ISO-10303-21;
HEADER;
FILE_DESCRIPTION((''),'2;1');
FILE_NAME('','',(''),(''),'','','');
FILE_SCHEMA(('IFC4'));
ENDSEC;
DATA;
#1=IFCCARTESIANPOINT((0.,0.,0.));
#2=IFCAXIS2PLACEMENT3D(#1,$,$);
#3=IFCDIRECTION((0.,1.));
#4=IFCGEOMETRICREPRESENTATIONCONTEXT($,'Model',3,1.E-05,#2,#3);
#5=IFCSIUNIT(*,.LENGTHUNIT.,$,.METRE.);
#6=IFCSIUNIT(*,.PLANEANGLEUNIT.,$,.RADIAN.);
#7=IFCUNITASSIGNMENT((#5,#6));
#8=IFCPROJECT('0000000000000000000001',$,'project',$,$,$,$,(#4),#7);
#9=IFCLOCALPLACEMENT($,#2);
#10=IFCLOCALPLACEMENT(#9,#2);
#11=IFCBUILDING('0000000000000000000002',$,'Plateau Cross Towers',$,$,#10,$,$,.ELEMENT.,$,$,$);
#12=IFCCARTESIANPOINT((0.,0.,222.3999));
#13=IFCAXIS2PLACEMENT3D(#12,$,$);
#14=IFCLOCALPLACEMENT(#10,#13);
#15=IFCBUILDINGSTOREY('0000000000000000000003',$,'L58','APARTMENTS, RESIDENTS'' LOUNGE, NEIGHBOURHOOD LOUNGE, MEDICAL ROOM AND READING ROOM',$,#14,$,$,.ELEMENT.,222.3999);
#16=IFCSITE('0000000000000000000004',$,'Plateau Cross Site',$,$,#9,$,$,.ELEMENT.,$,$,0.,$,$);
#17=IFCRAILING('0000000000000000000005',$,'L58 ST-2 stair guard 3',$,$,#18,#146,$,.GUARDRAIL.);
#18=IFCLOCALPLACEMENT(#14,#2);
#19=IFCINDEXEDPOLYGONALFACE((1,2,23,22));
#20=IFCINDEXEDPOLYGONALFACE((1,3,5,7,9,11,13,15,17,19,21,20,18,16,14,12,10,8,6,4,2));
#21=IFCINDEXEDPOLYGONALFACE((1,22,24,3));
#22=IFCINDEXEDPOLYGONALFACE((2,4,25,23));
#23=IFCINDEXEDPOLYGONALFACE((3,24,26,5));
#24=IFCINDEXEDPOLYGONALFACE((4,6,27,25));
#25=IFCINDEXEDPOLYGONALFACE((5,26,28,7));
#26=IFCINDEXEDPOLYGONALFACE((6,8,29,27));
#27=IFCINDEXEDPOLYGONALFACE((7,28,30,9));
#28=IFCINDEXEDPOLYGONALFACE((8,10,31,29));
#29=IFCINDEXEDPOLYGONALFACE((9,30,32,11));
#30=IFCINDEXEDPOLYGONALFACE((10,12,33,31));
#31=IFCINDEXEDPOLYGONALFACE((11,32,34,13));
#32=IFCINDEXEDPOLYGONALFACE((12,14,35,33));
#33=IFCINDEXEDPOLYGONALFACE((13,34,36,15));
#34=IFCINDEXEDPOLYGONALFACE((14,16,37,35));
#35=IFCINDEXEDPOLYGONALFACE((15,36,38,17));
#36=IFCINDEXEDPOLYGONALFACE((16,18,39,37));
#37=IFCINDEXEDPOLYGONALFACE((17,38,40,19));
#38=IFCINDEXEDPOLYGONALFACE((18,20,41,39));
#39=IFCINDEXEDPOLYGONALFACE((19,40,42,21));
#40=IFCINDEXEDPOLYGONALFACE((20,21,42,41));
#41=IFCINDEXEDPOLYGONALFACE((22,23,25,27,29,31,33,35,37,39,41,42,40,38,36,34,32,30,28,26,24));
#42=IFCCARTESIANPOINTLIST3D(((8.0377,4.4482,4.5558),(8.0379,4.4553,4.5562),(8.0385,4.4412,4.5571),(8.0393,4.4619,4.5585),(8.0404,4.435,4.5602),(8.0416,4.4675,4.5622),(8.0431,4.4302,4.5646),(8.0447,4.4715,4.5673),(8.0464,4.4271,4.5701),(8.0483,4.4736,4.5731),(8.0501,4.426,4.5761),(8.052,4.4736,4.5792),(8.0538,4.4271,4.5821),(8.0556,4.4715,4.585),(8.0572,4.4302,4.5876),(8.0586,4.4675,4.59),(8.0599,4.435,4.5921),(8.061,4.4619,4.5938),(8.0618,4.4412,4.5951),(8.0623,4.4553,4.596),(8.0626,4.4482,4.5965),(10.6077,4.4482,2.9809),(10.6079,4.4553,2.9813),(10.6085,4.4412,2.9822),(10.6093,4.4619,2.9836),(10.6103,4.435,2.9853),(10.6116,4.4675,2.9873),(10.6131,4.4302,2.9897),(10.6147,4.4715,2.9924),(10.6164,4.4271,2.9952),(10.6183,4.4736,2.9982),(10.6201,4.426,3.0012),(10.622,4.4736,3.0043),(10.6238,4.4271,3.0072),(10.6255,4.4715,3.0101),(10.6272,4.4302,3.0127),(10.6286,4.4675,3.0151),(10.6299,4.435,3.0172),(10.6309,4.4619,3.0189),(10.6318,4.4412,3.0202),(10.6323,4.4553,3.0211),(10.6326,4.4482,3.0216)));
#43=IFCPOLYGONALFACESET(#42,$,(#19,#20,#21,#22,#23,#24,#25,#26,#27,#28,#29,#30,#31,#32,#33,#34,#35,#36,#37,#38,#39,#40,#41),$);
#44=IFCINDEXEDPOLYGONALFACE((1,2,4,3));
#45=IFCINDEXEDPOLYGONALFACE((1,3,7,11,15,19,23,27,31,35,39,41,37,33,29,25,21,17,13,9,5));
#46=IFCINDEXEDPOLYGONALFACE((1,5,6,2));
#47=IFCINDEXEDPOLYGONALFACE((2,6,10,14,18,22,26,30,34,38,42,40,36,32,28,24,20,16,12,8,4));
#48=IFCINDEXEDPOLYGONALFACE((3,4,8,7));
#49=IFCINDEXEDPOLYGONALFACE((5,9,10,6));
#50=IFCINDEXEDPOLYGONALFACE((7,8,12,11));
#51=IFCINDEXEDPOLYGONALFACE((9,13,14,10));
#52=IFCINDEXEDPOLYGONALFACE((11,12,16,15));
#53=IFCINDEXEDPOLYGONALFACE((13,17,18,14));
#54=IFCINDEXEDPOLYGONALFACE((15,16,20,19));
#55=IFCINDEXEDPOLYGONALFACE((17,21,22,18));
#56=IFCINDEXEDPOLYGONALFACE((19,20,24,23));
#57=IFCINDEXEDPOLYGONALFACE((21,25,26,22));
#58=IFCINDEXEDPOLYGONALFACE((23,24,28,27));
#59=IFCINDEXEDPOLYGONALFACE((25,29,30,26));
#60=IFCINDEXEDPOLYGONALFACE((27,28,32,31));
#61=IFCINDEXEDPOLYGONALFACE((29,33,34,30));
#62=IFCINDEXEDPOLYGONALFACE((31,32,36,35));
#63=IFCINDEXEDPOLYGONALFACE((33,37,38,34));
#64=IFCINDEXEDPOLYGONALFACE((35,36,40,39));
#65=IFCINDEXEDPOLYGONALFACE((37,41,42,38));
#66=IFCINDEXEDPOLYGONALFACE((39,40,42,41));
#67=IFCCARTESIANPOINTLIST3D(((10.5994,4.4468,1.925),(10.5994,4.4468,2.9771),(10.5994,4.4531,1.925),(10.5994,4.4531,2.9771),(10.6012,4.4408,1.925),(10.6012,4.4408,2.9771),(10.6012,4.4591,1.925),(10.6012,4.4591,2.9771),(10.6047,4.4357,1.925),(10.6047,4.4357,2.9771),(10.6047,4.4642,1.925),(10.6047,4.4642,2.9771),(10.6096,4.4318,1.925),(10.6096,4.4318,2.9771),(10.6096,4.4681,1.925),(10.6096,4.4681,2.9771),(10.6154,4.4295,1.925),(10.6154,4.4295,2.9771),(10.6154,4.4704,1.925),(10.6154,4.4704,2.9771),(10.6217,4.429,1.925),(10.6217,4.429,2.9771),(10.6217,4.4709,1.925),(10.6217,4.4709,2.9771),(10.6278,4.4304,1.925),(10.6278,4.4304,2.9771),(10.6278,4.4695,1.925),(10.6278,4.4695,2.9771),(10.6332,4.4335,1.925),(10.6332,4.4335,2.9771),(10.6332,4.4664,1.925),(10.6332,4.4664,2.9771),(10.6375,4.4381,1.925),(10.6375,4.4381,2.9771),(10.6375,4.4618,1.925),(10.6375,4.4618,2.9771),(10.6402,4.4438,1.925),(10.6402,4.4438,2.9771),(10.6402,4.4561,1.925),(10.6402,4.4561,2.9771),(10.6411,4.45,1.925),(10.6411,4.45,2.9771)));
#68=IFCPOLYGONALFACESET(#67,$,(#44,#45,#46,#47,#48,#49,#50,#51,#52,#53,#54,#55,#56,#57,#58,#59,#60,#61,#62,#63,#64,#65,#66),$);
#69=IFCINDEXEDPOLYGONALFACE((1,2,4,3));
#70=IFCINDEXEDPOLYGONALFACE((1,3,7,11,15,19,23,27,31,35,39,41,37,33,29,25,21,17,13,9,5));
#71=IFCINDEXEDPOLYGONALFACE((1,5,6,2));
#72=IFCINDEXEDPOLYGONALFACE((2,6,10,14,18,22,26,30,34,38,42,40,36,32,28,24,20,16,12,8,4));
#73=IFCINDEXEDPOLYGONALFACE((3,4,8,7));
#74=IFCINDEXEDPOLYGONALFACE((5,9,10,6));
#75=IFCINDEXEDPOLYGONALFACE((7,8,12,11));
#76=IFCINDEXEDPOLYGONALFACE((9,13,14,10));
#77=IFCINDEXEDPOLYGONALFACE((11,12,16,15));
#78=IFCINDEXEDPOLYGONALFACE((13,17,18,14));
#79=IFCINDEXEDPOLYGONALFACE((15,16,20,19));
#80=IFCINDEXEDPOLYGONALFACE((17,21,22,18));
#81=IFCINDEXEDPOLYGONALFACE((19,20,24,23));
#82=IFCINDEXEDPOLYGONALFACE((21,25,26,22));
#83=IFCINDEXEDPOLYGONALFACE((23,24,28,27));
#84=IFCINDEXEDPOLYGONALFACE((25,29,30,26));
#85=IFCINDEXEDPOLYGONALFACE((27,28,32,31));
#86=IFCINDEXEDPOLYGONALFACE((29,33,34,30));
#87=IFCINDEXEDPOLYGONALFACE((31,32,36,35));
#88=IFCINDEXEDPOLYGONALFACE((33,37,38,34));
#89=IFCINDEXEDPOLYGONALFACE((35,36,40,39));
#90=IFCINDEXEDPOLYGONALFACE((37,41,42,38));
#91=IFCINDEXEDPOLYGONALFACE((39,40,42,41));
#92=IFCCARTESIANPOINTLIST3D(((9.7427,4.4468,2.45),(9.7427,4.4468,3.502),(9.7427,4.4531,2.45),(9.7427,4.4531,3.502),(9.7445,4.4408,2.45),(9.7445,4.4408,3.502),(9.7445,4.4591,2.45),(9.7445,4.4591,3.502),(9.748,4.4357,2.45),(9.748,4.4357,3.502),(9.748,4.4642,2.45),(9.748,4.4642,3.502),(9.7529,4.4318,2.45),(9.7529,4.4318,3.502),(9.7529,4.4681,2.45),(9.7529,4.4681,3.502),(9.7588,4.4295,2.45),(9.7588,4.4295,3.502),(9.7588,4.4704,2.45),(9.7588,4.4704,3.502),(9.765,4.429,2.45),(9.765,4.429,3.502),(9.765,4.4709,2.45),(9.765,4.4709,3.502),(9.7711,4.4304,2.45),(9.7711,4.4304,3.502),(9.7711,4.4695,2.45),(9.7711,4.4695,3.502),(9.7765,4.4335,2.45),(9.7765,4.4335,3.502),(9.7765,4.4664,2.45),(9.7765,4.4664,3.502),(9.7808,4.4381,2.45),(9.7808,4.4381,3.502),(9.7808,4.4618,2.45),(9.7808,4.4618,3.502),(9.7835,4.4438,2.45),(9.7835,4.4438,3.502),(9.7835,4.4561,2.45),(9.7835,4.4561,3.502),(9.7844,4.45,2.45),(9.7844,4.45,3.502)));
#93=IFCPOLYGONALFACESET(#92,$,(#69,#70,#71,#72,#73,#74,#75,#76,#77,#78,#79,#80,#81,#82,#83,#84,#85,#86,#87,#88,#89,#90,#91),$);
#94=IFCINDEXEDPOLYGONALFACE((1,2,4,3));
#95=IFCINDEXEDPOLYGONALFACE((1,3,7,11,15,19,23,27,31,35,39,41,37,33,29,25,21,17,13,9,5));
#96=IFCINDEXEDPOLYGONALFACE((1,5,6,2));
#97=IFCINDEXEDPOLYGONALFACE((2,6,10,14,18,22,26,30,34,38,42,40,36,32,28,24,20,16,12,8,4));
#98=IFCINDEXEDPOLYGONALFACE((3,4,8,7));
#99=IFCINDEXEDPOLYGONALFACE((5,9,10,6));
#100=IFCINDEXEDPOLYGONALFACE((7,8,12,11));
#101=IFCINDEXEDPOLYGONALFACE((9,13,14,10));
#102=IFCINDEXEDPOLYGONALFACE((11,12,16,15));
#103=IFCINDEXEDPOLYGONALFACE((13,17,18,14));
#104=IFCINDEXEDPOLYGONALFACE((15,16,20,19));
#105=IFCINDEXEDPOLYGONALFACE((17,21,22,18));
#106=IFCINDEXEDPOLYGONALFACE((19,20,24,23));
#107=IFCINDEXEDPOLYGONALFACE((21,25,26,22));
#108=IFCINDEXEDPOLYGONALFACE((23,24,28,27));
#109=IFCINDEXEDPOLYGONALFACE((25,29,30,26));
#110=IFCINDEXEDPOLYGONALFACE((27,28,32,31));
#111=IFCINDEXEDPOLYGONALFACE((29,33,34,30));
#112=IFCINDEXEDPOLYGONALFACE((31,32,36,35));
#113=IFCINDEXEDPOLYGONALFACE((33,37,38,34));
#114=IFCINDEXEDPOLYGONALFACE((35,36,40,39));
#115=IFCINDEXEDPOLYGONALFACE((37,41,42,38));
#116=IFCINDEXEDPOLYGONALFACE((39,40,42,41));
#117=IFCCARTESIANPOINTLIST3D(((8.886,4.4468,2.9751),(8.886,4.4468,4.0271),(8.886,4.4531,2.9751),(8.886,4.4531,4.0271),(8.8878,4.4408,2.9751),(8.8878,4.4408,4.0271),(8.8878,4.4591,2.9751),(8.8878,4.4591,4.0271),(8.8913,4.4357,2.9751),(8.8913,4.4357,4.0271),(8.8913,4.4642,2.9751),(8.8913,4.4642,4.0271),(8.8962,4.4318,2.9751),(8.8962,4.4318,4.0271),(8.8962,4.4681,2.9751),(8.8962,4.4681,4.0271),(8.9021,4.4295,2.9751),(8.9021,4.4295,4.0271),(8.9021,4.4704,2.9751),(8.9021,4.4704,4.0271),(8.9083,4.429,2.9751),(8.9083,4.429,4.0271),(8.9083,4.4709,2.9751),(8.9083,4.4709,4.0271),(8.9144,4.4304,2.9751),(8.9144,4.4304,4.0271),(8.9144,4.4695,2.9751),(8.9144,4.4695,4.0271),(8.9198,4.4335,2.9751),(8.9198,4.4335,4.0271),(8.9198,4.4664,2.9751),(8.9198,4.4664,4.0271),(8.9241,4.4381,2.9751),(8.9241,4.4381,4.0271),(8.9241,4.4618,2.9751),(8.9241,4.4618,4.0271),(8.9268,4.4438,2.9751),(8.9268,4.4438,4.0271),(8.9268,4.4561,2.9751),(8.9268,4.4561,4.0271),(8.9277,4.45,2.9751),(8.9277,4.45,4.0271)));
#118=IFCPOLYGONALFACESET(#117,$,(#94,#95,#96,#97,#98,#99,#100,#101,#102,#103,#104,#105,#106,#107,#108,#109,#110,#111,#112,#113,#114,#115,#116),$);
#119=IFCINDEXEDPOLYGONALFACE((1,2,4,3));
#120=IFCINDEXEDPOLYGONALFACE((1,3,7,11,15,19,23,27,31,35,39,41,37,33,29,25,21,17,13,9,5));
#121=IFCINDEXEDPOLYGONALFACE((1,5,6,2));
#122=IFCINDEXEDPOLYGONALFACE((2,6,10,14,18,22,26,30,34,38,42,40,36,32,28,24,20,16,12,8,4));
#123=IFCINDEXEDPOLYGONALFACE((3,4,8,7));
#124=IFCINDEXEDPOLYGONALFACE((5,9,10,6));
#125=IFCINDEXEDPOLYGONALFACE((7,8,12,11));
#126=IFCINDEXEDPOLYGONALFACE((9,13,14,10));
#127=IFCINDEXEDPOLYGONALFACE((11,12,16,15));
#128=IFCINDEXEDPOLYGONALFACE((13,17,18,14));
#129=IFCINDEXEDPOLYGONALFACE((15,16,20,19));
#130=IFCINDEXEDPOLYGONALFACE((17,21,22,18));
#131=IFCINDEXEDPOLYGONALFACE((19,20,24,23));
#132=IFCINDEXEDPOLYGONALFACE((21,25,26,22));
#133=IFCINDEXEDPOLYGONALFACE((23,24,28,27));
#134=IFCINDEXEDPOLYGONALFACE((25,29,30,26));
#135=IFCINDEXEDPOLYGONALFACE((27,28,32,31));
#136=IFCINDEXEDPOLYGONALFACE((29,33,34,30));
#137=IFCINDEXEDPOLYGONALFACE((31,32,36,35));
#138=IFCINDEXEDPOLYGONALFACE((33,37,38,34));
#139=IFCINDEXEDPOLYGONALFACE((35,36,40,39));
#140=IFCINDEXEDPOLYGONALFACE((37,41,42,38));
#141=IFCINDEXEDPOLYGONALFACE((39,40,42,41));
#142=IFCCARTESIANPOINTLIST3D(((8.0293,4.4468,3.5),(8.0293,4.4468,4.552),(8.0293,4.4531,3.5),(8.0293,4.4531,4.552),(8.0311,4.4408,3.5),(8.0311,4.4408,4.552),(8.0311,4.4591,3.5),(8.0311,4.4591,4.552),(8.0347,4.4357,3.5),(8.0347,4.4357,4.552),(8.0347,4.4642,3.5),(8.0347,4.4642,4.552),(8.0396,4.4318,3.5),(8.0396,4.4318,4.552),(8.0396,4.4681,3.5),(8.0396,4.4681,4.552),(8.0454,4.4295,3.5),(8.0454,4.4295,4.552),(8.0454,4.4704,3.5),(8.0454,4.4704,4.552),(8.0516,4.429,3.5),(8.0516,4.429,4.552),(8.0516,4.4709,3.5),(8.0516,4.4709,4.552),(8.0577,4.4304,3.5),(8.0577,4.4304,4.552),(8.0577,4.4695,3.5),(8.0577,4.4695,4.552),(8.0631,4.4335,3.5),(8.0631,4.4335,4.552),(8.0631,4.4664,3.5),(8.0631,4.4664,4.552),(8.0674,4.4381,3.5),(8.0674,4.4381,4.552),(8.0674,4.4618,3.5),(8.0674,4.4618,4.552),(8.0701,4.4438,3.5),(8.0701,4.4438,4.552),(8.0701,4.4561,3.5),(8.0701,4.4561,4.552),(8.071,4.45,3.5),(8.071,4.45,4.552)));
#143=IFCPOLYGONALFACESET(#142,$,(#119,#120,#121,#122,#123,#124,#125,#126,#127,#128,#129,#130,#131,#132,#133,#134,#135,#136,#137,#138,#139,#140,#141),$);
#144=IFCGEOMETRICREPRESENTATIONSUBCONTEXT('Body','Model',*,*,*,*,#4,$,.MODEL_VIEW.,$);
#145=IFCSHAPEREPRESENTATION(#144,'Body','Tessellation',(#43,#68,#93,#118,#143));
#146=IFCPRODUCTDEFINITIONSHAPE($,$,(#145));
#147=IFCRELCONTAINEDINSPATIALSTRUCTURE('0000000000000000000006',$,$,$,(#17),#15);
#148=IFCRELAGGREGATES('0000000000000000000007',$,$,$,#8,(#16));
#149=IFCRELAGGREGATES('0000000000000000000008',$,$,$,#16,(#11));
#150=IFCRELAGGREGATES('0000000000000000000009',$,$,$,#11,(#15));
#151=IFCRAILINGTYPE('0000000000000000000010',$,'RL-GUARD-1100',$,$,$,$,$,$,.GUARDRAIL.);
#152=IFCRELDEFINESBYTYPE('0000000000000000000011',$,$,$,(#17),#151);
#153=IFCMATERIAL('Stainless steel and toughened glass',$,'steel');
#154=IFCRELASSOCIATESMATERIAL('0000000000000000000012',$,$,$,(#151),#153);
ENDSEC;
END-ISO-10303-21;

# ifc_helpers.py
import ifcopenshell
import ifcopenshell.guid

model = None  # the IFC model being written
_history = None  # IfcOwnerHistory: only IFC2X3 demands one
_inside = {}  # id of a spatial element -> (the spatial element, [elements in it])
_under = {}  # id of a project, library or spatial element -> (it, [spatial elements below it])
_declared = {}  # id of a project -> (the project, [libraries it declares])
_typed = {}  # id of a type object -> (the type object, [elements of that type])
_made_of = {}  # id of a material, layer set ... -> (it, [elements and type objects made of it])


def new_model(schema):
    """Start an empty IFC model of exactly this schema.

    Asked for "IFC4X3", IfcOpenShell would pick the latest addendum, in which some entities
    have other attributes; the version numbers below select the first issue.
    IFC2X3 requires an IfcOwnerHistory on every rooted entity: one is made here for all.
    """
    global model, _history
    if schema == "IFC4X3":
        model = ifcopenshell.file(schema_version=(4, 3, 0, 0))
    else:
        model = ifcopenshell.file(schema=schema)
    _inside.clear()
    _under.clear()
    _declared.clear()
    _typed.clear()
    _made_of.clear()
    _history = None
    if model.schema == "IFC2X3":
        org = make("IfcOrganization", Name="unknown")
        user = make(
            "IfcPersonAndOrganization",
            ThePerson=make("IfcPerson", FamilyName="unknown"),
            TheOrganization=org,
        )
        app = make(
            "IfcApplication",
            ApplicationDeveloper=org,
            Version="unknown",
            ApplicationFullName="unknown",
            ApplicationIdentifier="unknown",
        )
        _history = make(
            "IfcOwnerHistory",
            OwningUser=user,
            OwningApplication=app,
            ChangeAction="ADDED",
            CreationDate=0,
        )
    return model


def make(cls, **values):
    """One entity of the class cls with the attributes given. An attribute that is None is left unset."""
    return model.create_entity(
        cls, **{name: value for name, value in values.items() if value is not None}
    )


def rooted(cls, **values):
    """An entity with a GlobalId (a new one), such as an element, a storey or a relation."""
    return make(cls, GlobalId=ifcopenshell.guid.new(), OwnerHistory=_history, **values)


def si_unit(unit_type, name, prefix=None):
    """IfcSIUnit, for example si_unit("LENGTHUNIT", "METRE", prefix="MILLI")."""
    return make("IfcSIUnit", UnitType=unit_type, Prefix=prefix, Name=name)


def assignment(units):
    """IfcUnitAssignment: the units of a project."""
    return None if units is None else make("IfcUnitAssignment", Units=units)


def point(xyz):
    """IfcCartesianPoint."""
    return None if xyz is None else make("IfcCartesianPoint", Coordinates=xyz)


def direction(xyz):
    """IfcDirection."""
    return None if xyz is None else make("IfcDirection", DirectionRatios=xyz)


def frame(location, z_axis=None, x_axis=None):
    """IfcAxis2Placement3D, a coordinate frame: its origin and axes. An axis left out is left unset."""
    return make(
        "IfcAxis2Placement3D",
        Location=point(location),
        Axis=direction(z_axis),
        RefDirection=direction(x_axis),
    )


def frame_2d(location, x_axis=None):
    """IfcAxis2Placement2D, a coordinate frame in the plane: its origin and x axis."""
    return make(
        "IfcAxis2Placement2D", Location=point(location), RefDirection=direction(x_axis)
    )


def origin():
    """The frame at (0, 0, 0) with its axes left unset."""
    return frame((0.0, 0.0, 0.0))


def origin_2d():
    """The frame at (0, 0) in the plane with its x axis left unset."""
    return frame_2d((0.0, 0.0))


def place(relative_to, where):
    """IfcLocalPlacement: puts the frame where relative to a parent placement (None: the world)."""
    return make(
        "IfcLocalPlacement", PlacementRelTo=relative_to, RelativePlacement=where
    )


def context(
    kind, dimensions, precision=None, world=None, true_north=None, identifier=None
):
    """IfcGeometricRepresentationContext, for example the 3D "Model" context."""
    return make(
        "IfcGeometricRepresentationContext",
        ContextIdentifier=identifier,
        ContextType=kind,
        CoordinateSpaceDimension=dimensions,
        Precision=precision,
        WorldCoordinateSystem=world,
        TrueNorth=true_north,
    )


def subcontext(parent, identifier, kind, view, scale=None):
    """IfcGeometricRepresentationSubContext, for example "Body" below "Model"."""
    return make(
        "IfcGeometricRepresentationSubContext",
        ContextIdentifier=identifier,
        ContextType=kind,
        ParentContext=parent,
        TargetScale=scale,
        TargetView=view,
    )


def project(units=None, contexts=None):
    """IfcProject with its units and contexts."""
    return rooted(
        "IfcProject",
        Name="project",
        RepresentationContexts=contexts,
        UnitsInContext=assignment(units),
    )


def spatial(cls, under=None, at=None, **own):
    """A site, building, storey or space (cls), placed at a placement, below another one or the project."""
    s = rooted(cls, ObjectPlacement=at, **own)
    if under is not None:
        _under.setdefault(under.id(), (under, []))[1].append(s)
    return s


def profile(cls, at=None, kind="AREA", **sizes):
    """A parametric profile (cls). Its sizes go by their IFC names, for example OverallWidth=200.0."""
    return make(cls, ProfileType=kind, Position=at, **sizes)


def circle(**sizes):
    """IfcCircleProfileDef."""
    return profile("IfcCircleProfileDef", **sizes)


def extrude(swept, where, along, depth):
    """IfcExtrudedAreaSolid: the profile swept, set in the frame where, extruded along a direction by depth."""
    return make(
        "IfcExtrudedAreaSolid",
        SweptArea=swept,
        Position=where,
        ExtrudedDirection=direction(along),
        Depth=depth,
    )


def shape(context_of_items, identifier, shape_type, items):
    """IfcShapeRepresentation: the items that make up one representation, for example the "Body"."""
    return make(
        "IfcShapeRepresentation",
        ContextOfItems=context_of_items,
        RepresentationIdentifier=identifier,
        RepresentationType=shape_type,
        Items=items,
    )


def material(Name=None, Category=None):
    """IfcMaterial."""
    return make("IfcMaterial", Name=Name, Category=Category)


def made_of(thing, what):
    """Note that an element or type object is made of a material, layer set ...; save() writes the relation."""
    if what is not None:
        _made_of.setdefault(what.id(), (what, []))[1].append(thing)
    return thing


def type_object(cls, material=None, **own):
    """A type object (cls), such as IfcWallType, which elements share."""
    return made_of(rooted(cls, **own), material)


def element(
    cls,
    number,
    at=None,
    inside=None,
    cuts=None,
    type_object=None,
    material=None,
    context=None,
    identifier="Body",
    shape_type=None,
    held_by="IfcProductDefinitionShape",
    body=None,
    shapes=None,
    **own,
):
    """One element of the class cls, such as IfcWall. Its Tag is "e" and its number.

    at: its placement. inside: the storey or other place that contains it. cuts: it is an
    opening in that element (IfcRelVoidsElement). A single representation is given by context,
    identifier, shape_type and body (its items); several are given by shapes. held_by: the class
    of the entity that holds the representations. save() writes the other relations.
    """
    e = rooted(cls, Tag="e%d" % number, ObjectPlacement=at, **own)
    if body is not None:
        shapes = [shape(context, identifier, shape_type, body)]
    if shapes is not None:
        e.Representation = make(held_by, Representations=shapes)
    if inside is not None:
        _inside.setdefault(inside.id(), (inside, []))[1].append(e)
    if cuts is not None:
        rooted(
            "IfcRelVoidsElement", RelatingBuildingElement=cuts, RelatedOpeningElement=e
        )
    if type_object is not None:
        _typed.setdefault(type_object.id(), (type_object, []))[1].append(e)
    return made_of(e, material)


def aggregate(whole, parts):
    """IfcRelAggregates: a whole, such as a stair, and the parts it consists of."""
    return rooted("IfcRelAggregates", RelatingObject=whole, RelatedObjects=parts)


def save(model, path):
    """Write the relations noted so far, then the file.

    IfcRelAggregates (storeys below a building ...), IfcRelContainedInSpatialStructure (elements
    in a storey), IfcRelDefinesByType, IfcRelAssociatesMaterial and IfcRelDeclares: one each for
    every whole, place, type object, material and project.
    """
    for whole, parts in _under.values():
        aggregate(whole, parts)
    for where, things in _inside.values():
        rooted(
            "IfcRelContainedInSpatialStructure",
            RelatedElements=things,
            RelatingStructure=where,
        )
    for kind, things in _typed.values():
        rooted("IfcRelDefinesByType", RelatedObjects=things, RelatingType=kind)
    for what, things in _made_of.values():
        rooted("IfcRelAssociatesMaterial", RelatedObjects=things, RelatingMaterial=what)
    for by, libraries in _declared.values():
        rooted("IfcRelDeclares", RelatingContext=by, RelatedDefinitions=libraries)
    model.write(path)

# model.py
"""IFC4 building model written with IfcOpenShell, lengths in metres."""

from ifc_helpers import new_model, si_unit, direction, frame, origin, origin_2d, place, context, subcontext, project, spatial, circle, extrude, material, type_object, element, save


model = new_model("IFC4")

# Units and contexts
model_context = context("Model", 3, precision=1e-05, world=origin(), true_north=direction((0.0, 1.0)))
body_context = subcontext(model_context, "Body", "Model", "MODEL_VIEW")
ifc_project = project(units=[si_unit("LENGTHUNIT", "METRE"), si_unit("PLANEANGLEUNIT", "RADIAN")], contexts=[model_context])

# Site, building, storey
site_placement = place(None, origin())
site = spatial("IfcSite", under=ifc_project, at=site_placement, Name="Plateau Cross Site", CompositionType="ELEMENT", RefElevation=0.0)
building_placement = place(site_placement, origin())
building = spatial("IfcBuilding", under=site, at=building_placement, Name="Plateau Cross Towers", CompositionType="ELEMENT")
storey_placement = place(building_placement, frame((0.0, 0.0, 222.3999)))
storey = spatial("IfcBuildingStorey", under=building, at=storey_placement, Name="L58", Description="APARTMENTS, RESIDENTS' LOUNGE, NEIGHBOURHOOD LOUNGE, MEDICAL ROOM AND READING ROOM", CompositionType="ELEMENT", Elevation=222.3999)

# Railing
ifc_material_1 = material(Name="Stainless steel and toughened glass", Category="steel")
railing_type_1 = type_object("IfcRailingType", Name="RL-GUARD-1100", PredefinedType="GUARDRAIL", material=ifc_material_1)
railing_1_placement = place(storey_placement, frame((10.6201, 4.45, 1.925)))
element("IfcRailing", 1, at=railing_1_placement, inside=storey, type_object=railing_type_1, Name="L58 ST-2 stair guard 3", PredefinedType="GUARDRAIL", context=body_context, shape_type="SweptSolid", body=[
    extrude(circle(Radius=0.0239, at=origin_2d()), frame((0.0, 0.0, 1.0762), z_axis=(-0.852639, 0.0, 0.522501), x_axis=(0.0, -1.0, 0.0)), (0.0, 0.0, 1.0), 3.0142),
    extrude(circle(Radius=0.021, at=origin_2d()), origin(), (0.0, 0.0, 1.0), 1.052),
    extrude(circle(Radius=0.021, at=origin_2d()), frame((-0.8567, 0.0, 0.5249)), (0.0, 0.0, 1.0), 1.052),
    extrude(circle(Radius=0.021, at=origin_2d()), frame((-1.7134, 0.0, 1.05)), (0.0, 0.0, 1.0), 1.052),
    extrude(circle(Radius=0.021, at=origin_2d()), frame((-2.5701, 0.0, 1.575)), (0.0, 0.0, 1.0), 1.052),
])

save(model, "model.ifc")
